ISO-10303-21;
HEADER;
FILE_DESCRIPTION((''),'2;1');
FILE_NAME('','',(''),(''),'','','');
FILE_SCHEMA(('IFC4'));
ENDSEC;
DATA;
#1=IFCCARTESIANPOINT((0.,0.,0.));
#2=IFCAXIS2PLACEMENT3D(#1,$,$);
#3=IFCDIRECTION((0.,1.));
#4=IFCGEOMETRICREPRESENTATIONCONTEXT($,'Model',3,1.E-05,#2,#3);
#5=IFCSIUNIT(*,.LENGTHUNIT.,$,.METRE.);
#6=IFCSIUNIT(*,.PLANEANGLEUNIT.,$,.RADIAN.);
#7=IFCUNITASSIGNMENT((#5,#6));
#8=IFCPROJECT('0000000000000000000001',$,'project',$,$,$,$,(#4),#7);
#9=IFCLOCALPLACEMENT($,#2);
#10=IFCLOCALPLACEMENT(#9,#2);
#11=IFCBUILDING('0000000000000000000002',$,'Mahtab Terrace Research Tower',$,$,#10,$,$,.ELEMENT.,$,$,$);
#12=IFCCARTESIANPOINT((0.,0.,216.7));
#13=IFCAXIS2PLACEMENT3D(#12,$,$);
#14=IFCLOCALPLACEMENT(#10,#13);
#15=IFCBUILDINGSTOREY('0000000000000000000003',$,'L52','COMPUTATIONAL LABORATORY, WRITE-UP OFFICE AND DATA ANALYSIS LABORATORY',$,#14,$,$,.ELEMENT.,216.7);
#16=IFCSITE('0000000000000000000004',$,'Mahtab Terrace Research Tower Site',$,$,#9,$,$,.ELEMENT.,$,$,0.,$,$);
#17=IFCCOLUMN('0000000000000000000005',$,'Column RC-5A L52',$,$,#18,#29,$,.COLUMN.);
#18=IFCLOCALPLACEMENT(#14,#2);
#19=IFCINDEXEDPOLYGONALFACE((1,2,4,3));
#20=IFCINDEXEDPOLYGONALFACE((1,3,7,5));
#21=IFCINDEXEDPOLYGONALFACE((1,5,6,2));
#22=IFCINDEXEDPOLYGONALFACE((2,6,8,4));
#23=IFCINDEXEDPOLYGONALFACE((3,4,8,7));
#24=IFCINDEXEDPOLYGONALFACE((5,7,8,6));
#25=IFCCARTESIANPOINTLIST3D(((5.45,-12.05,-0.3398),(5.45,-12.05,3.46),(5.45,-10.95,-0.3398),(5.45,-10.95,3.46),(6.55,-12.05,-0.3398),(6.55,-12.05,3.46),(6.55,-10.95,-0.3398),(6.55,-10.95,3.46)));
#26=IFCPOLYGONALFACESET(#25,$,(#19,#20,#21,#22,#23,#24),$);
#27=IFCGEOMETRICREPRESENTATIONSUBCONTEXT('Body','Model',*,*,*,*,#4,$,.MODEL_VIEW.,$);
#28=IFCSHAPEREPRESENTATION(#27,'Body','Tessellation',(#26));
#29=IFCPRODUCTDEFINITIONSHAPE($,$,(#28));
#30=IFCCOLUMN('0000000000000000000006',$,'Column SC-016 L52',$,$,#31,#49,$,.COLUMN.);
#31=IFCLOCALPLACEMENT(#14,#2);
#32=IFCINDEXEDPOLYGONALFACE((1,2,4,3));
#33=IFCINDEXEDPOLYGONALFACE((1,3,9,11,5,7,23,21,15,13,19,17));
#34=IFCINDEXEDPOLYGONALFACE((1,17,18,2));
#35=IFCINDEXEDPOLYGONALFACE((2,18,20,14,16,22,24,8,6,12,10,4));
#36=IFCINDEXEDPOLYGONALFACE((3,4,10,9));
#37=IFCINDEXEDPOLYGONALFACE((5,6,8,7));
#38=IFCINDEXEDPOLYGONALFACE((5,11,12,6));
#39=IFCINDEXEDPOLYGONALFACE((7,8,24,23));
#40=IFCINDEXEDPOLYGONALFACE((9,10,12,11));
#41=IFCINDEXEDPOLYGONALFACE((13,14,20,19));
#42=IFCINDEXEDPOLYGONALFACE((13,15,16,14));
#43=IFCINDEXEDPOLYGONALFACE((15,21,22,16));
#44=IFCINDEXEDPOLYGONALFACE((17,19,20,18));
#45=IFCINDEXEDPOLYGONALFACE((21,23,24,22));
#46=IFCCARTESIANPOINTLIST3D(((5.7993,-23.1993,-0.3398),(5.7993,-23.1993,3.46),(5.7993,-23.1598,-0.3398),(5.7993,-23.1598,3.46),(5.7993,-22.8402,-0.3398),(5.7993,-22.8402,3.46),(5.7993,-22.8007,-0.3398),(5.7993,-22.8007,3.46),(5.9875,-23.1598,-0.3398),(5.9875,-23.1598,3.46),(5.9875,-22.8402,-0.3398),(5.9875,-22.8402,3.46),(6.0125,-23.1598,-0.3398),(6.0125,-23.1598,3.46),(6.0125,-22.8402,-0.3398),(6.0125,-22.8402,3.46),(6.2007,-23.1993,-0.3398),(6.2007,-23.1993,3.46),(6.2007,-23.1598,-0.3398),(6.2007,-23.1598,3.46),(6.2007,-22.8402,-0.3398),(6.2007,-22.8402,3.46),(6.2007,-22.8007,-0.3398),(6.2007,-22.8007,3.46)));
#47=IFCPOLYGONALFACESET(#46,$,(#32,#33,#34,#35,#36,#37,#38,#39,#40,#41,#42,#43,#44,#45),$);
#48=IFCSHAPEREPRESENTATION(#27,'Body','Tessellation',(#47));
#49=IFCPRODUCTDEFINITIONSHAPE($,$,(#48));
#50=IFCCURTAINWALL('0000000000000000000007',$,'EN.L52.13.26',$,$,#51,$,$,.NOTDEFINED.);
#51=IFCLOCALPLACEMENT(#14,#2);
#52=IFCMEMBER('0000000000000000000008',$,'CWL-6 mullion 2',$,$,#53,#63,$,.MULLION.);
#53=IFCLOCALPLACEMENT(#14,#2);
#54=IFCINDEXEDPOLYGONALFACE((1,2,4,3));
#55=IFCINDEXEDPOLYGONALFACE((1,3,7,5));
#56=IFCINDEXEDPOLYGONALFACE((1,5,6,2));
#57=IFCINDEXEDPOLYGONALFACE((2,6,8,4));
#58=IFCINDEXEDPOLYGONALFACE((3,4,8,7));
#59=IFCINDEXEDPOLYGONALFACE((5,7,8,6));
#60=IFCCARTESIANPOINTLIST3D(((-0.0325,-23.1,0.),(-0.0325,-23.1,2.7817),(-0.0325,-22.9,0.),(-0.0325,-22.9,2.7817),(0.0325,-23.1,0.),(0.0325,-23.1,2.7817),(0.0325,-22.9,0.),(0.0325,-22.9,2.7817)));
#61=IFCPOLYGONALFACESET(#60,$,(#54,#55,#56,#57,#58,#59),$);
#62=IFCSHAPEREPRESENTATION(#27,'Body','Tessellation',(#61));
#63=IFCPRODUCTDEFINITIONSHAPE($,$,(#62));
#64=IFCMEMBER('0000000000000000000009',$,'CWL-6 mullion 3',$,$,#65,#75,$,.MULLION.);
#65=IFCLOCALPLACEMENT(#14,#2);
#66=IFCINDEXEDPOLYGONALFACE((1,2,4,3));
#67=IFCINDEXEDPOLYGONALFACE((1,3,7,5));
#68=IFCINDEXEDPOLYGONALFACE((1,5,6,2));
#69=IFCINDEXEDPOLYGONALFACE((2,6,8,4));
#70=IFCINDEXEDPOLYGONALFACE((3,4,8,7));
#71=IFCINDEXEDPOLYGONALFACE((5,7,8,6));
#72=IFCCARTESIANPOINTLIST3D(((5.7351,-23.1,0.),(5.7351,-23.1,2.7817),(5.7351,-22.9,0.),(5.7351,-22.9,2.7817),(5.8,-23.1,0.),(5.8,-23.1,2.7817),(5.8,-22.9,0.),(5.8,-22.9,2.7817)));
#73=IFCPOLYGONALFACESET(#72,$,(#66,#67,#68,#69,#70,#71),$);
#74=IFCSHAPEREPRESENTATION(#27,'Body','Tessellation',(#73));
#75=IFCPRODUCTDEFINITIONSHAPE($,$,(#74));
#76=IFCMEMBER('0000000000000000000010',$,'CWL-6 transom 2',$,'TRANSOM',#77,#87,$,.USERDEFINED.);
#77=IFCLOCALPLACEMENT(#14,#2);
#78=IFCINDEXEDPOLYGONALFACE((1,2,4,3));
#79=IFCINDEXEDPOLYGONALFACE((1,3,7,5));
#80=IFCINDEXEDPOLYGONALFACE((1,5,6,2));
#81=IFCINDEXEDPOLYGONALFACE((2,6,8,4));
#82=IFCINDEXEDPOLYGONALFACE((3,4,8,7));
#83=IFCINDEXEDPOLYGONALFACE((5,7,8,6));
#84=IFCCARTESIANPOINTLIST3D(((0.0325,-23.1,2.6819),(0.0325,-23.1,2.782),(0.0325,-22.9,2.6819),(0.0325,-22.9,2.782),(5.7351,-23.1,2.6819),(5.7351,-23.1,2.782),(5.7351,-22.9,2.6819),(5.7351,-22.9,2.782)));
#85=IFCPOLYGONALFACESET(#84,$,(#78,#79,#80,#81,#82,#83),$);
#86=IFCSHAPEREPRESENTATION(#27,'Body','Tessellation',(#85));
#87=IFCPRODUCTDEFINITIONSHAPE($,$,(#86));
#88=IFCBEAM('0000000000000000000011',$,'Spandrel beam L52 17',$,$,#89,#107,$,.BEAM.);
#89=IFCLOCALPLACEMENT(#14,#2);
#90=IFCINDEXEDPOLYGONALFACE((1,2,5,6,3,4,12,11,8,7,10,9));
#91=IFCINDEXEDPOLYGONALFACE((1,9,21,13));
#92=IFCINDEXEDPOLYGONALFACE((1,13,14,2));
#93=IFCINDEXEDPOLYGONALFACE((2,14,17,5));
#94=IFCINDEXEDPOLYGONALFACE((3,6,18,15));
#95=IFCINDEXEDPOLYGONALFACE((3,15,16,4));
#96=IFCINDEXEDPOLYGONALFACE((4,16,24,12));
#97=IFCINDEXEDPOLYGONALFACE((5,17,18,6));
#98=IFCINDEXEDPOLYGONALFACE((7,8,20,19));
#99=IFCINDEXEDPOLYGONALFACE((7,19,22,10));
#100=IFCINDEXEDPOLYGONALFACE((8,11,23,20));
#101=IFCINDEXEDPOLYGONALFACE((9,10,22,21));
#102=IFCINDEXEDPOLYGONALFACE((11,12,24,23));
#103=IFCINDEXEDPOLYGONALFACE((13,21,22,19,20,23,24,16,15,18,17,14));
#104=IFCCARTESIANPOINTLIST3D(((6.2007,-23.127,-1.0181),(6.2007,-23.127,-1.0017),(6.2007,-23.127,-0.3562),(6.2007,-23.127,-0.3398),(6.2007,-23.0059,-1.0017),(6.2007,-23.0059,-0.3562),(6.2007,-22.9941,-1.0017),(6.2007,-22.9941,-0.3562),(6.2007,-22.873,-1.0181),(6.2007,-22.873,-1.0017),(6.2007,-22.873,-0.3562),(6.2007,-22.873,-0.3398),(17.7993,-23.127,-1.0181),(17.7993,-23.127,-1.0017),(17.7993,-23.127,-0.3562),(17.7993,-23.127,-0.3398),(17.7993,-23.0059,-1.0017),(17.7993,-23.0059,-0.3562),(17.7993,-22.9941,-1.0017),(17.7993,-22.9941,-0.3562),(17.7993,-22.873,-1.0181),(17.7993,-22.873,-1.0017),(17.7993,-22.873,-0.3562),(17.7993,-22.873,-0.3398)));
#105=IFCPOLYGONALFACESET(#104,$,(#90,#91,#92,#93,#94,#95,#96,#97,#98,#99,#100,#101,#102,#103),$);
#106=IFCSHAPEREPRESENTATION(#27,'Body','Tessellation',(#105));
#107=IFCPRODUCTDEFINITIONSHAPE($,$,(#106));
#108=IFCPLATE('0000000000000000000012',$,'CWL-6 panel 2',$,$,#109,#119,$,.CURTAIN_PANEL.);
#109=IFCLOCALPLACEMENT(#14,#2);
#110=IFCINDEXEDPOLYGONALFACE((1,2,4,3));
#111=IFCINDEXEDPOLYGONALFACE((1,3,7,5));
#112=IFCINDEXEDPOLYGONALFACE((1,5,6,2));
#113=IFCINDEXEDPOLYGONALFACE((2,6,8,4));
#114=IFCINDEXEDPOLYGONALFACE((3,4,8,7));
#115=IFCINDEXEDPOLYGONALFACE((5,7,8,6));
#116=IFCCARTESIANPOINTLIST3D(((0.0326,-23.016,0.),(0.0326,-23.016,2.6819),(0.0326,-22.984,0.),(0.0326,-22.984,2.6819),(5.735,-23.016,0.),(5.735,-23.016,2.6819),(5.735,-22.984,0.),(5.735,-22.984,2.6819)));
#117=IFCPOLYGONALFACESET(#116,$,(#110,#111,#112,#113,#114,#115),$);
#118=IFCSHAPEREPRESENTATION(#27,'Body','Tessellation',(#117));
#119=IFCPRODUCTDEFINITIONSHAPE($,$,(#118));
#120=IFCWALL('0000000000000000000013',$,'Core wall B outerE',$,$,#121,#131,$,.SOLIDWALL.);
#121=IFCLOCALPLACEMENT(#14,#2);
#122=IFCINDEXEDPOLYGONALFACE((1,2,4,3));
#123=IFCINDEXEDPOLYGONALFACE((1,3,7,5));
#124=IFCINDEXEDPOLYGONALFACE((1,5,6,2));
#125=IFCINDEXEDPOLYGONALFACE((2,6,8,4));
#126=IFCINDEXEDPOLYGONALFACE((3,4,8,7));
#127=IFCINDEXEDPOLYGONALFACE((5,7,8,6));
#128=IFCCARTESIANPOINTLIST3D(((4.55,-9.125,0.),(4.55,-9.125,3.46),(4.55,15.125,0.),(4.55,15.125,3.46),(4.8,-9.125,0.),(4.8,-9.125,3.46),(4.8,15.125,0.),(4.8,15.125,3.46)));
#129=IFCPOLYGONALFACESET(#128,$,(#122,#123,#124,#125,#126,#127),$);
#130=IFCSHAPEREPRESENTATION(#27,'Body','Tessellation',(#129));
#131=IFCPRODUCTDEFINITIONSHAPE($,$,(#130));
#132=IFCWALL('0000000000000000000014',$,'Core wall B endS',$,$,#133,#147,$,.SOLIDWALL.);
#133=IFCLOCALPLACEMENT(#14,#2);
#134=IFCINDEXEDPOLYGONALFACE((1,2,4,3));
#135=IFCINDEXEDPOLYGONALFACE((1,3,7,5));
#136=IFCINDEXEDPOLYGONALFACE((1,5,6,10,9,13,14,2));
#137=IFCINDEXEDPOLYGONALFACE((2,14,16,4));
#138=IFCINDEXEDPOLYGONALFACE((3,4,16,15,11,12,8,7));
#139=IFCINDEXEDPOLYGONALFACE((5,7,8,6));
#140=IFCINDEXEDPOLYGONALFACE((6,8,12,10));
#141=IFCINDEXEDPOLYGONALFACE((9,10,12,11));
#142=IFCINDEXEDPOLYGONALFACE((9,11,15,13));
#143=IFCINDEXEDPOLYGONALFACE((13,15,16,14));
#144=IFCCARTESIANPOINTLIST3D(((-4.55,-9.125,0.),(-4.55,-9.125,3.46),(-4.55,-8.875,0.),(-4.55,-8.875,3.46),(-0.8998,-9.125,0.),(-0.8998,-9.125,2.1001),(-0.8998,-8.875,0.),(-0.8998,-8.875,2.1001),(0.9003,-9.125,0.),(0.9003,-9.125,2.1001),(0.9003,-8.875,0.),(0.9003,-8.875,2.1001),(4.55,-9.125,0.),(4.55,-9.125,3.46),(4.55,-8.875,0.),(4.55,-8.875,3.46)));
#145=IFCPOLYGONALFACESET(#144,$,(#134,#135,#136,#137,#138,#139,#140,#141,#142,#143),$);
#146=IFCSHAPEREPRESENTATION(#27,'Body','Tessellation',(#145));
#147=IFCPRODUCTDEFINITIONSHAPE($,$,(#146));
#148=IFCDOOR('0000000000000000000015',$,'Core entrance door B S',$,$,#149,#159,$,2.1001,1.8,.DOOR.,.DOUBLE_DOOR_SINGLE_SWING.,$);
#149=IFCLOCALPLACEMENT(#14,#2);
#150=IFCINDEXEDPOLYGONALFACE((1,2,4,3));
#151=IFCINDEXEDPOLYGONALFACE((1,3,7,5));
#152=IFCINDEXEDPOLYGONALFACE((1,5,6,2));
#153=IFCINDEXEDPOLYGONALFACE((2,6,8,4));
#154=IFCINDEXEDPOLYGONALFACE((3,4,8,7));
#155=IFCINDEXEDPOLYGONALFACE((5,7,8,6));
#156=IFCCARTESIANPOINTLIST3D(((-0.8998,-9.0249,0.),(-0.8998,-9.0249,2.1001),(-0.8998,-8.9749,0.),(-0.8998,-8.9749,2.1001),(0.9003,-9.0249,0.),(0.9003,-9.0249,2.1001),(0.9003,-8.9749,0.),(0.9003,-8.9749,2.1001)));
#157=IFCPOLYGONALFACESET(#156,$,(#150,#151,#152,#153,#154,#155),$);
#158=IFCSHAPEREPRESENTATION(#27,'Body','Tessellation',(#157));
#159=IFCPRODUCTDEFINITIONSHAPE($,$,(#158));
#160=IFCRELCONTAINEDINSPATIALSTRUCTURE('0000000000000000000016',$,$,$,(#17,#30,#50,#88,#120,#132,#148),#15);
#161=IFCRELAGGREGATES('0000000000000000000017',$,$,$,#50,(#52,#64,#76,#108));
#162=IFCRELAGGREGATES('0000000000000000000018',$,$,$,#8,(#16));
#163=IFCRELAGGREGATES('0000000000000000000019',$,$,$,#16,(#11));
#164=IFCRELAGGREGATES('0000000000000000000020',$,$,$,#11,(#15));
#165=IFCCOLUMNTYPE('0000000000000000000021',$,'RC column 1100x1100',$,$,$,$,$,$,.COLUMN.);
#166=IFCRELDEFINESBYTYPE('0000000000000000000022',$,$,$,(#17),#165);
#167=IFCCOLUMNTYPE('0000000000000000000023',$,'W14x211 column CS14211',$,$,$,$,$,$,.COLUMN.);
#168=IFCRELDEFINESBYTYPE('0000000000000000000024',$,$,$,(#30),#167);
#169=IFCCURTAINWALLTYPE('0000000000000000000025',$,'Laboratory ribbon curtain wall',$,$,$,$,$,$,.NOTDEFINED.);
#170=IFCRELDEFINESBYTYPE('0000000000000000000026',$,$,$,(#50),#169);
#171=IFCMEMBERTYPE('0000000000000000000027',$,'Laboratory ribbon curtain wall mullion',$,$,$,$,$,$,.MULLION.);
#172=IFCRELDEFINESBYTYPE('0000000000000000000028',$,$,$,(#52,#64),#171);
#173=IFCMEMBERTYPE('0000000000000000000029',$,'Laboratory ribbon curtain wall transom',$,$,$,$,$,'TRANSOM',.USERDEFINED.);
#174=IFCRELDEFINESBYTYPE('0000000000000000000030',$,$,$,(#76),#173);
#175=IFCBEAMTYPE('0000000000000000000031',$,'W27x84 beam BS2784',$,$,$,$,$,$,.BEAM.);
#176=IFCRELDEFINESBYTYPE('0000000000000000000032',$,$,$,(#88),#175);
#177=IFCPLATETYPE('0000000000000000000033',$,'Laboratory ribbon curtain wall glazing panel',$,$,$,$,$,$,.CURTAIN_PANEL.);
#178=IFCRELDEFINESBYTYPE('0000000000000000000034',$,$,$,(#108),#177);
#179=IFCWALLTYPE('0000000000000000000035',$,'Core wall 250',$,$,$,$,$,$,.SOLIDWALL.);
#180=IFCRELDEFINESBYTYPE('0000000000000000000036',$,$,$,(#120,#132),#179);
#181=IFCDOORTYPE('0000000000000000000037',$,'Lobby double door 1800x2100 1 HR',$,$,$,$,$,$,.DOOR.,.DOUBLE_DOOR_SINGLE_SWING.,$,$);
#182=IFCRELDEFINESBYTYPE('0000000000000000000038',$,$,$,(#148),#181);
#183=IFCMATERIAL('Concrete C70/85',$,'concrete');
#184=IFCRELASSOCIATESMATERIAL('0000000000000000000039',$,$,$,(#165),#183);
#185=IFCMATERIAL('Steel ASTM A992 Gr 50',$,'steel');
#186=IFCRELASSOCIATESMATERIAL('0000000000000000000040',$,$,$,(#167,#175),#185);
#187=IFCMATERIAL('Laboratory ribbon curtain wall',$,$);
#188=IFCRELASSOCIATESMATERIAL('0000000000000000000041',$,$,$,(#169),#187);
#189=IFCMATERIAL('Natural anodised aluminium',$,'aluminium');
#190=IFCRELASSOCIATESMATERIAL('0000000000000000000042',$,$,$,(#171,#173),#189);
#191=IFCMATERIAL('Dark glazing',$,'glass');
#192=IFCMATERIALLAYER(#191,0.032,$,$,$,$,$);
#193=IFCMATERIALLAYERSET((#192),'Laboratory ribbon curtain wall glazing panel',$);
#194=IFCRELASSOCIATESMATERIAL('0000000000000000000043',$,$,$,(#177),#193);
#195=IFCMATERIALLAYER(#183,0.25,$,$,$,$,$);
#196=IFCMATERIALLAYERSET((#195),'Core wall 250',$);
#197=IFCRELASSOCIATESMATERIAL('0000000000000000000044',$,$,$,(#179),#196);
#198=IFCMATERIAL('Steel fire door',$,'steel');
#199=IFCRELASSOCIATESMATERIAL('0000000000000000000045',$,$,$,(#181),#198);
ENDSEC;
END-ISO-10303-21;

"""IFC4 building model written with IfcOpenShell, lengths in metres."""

from ifc_helpers import new_model, si_unit, direction, frame, frame_2d, origin, origin_2d, place, context, subcontext, project, spatial, rectangle, i_section, extrude, material, layer, layer_set, material_profile, profile_set, type_object, element, fill, aggregate, save


model = new_model("IFC4")

# Units and contexts
model_context = context("Model", 3, precision=1e-05, world=origin(), true_north=direction((0.0, 1.0)))
body_context = subcontext(model_context, "Body", "Model", "MODEL_VIEW")
ifc_project = project(units=[si_unit("LENGTHUNIT", "METRE"), si_unit("PLANEANGLEUNIT", "RADIAN")], contexts=[model_context])

# Site, building, storey
site_placement = place(None, origin())
site = spatial("IfcSite", under=ifc_project, at=site_placement, Name="Mahtab Terrace Research Tower Site", CompositionType="ELEMENT", RefElevation=0.0)
building_placement = place(site_placement, origin())
building = spatial("IfcBuilding", under=site, at=building_placement, Name="Mahtab Terrace Research Tower", CompositionType="ELEMENT")
storey_placement = place(building_placement, frame((0.0, 0.0, 216.7)))
storey = spatial("IfcBuildingStorey", under=building, at=storey_placement, Name="L52", Description="COMPUTATIONAL LABORATORY, WRITE-UP OFFICE AND DATA ANALYSIS LABORATORY", CompositionType="ELEMENT", Elevation=216.7)

# Columns
ifc_material_1 = material(Name="Concrete C70/85", Category="concrete")
ifc_material_profile_1 = material_profile(ifc_material_1, rectangle(XDim=1.1001, YDim=1.1001, at=origin_2d()), Name="RC column 1100x1100")
ifc_profile_set_1 = profile_set([ifc_material_profile_1], Name="Concrete C70/85")
column_type_1 = type_object("IfcColumnType", Name="RC column 1100x1100", PredefinedType="COLUMN", material=ifc_profile_set_1)
column_1_placement = place(storey_placement, frame((6.0, -11.5, -0.3398), z_axis=(0.0, 0.0, 1.0), x_axis=(1.0, 0.0, 0.0)))
element("IfcColumn", 1, at=column_1_placement, inside=storey, type_object=column_type_1, Name="Column RC-5A L52", PredefinedType="COLUMN", context=body_context, shape_type="SweptSolid", body=[
    extrude(rectangle(XDim=1.1001, YDim=1.1001, at=origin_2d()), origin(), (0.0, 0.0, 1.0), 3.7998),
])
ifc_material_2 = material(Name="Steel ASTM A992 Gr 50", Category="steel")
ifc_material_profile_2 = material_profile(ifc_material_2, i_section(OverallWidth=0.4014, OverallDepth=0.3987, WebThickness=0.0249, FlangeThickness=0.0396, at=origin_2d()), Name="W14X211")
ifc_profile_set_2 = profile_set([ifc_material_profile_2], Name="Steel ASTM A992 Gr 50")
column_type_2 = type_object("IfcColumnType", Name="W14x211 column CS14211", PredefinedType="COLUMN", material=ifc_profile_set_2)
column_2_placement = place(storey_placement, frame((6.0, -23.0, -0.3398), z_axis=(0.0, 0.0, 1.0), x_axis=(1.0, 0.0, 0.0)))
element("IfcColumn", 2, at=column_2_placement, inside=storey, type_object=column_type_2, Name="Column SC-016 L52", PredefinedType="COLUMN", context=body_context, shape_type="SweptSolid", body=[
    extrude(i_section(OverallWidth=0.4014, OverallDepth=0.3987, WebThickness=0.0249, FlangeThickness=0.0396, at=origin_2d()), origin(), (0.0, 0.0, 1.0), 3.7998),
])

# Curtain wall, members
ifc_material_3 = material(Name="Laboratory ribbon curtain wall")
curtain_wall_type = type_object("IfcCurtainWallType", Name="Laboratory ribbon curtain wall", PredefinedType="NOTDEFINED", material=ifc_material_3)
curtain_wall_placement = place(storey_placement, origin())
curtain_wall = element("IfcCurtainWall", 3, at=curtain_wall_placement, inside=storey, type_object=curtain_wall_type, Name="EN.L52.13.26", PredefinedType="NOTDEFINED")
ifc_material_4 = material(Name="Natural anodised aluminium", Category="aluminium")
ifc_material_profile_3 = material_profile(ifc_material_4, rectangle(XDim=0.2, YDim=0.0649, at=origin_2d()), Name="MULLION 65x200")
ifc_profile_set_3 = profile_set([ifc_material_profile_3], Name="Natural anodised aluminium")
member_type_1 = type_object("IfcMemberType", Name="Laboratory ribbon curtain wall mullion", PredefinedType="MULLION", material=ifc_profile_set_3)
member_1_placement = place(storey_placement, frame((0.0, -23.0, 0.0), z_axis=(0.0, 0.0, 1.0), x_axis=(0.0, 1.0, 0.0)))
member_1 = element("IfcMember", 4, at=member_1_placement, type_object=member_type_1, Name="CWL-6 mullion 2", PredefinedType="MULLION", context=body_context, shape_type="SweptSolid", body=[
    extrude(rectangle(XDim=0.2, YDim=0.0649, at=origin_2d()), origin(), (0.0, 0.0, 1.0), 2.7817),
])
member_2_placement = place(storey_placement, frame((5.7676, -23.0, 0.0), z_axis=(0.0, 0.0, 1.0), x_axis=(0.0, 1.0, 0.0)))
member_2 = element("IfcMember", 5, at=member_2_placement, type_object=member_type_1, Name="CWL-6 mullion 3", PredefinedType="MULLION", context=body_context, shape_type="SweptSolid", body=[
    extrude(rectangle(XDim=0.2, YDim=0.0649, at=origin_2d()), origin(), (0.0, 0.0, 1.0), 2.7817),
])
ifc_material_profile_4 = material_profile(ifc_material_4, rectangle(XDim=0.2, YDim=0.1001, at=origin_2d()), Name="TRANSOM 100x200")
ifc_profile_set_4 = profile_set([ifc_material_profile_4], Name="Natural anodised aluminium")
member_type_2 = type_object("IfcMemberType", Name="Laboratory ribbon curtain wall transom", ElementType="TRANSOM", PredefinedType="USERDEFINED", material=ifc_profile_set_4)
member_3_placement = place(storey_placement, frame((0.0325, -23.0, 2.7319), z_axis=(1.0, 0.0, 0.0), x_axis=(0.0, 1.0, 0.0)))
member_3 = element("IfcMember", 6, at=member_3_placement, type_object=member_type_2, Name="CWL-6 transom 2", ObjectType="TRANSOM", PredefinedType="USERDEFINED", context=body_context, shape_type="SweptSolid", body=[
    extrude(rectangle(XDim=0.2, YDim=0.1001, at=origin_2d()), origin(), (0.0, 0.0, 1.0), 5.7026),
])

# Beam
ifc_material_profile_5 = material_profile(ifc_material_2, i_section(OverallWidth=0.2539, OverallDepth=0.6782, WebThickness=0.0117, FlangeThickness=0.0164, at=origin_2d()), Name="W27X84")
ifc_profile_set_5 = profile_set([ifc_material_profile_5], Name="Steel ASTM A992 Gr 50")
beam_type = type_object("IfcBeamType", Name="W27x84 beam BS2784", PredefinedType="BEAM", material=ifc_profile_set_5)
beam_placement = place(storey_placement, frame((6.2007, -23.0, -0.679), z_axis=(1.0, 0.0, 0.0), x_axis=(0.0, 1.0, 0.0)))
element("IfcBeam", 7, at=beam_placement, inside=storey, type_object=beam_type, Name="Spandrel beam L52 17", PredefinedType="BEAM", context=body_context, shape_type="SweptSolid", body=[
    extrude(i_section(OverallWidth=0.2539, OverallDepth=0.6782, WebThickness=0.0117, FlangeThickness=0.0164, at=origin_2d()), origin(), (0.0, 0.0, 1.0), 11.5986),
])

# Plate
ifc_material_5 = material(Name="Dark glazing", Category="glass")
ifc_layer_1 = layer(ifc_material_5, 0.032)
ifc_layer_set_1 = layer_set([ifc_layer_1], Name="Laboratory ribbon curtain wall glazing panel")
plate_type = type_object("IfcPlateType", Name="Laboratory ribbon curtain wall glazing panel", PredefinedType="CURTAIN_PANEL", material=ifc_layer_set_1)
plate_placement = place(storey_placement, frame((2.8838, -23.0, 0.0), z_axis=(0.0, 0.0, 1.0), x_axis=(1.0, 0.0, 0.0)))
plate = element("IfcPlate", 8, at=plate_placement, type_object=plate_type, Name="CWL-6 panel 2", PredefinedType="CURTAIN_PANEL", context=body_context, shape_type="SweptSolid", body=[
    extrude(rectangle(XDim=5.7024, YDim=0.032, at=origin_2d()), origin(), (0.0, 0.0, 1.0), 2.6819),
])
aggregate(curtain_wall, [member_1, member_2, member_3, plate])

# Wall
ifc_layer_2 = layer(ifc_material_1, 0.25)
ifc_layer_set_2 = layer_set([ifc_layer_2], Name="Core wall 250")
wall_type_1 = type_object("IfcWallType", Name="Core wall 250", PredefinedType="SOLIDWALL", material=ifc_layer_set_2)
wall_1_placement = place(storey_placement, frame((4.675, -9.125, 0.0), z_axis=(0.0, 0.0, 1.0), x_axis=(0.0, 1.0, 0.0)))
element("IfcWall", 9, at=wall_1_placement, inside=storey, type_object=wall_type_1, Name="Core wall B outerE", PredefinedType="SOLIDWALL", context=body_context, shape_type="SweptSolid", body=[
    extrude(rectangle(XDim=24.25, YDim=0.25, at=frame_2d((12.125, 0.0))), origin(), (0.0, 0.0, 1.0), 3.46),
])

# Wall, opening, door
wall_2_placement = place(storey_placement, frame((4.55, -9.0, 0.0), z_axis=(0.0, 0.0, 1.0), x_axis=(-1.0, 0.0, 0.0)))
wall_2 = element("IfcWall", 10, at=wall_2_placement, inside=storey, type_object=wall_type_1, Name="Core wall B endS", PredefinedType="SOLIDWALL", context=body_context, shape_type="SweptSolid", body=[
    extrude(rectangle(XDim=9.1001, YDim=0.25, at=frame_2d((4.55, 0.0))), origin(), (0.0, 0.0, 1.0), 3.46),
])
opening_1_placement = place(wall_2_placement, frame((3.6499, 0.0, 0.0)))
opening_1 = element("IfcOpeningElement", 11, at=opening_1_placement, cuts=wall_2, PredefinedType="OPENING", context=body_context, shape_type="SweptSolid", body=[
    extrude(rectangle(XDim=1.8, YDim=2.1001, at=frame_2d((0.8999, 1.05))), frame((0.0, 0.135, 0.0), z_axis=(0.0, -1.0, 0.0), x_axis=(1.0, 0.0, 0.0)), (0.0, 0.0, 1.0), 0.27),
])
ifc_material_6 = material(Name="Steel fire door", Category="steel")
door_type_1 = type_object("IfcDoorType", Name="Lobby double door 1800x2100 1 HR", OperationType="DOUBLE_DOOR_SINGLE_SWING", PredefinedType="DOOR", material=ifc_material_6)
door_1_placement = place(opening_1_placement, origin())
door_1 = element("IfcDoor", 12, at=door_1_placement, inside=storey, type_object=door_type_1, Name="Core entrance door B S", OperationType="DOUBLE_DOOR_SINGLE_SWING", OverallHeight=2.1001, OverallWidth=1.8, PredefinedType="DOOR", context=body_context, shape_type="SweptSolid", body=[
    extrude(rectangle(XDim=1.8, YDim=2.1001, at=frame_2d((0.8999, 1.05))), frame((0.0, 0.0249, 0.0), z_axis=(0.0, -1.0, 0.0), x_axis=(1.0, 0.0, 0.0)), (0.0, 0.0, 1.0), 0.05),
])
fill(opening_1, door_1)

save(model, "model.ifc")
